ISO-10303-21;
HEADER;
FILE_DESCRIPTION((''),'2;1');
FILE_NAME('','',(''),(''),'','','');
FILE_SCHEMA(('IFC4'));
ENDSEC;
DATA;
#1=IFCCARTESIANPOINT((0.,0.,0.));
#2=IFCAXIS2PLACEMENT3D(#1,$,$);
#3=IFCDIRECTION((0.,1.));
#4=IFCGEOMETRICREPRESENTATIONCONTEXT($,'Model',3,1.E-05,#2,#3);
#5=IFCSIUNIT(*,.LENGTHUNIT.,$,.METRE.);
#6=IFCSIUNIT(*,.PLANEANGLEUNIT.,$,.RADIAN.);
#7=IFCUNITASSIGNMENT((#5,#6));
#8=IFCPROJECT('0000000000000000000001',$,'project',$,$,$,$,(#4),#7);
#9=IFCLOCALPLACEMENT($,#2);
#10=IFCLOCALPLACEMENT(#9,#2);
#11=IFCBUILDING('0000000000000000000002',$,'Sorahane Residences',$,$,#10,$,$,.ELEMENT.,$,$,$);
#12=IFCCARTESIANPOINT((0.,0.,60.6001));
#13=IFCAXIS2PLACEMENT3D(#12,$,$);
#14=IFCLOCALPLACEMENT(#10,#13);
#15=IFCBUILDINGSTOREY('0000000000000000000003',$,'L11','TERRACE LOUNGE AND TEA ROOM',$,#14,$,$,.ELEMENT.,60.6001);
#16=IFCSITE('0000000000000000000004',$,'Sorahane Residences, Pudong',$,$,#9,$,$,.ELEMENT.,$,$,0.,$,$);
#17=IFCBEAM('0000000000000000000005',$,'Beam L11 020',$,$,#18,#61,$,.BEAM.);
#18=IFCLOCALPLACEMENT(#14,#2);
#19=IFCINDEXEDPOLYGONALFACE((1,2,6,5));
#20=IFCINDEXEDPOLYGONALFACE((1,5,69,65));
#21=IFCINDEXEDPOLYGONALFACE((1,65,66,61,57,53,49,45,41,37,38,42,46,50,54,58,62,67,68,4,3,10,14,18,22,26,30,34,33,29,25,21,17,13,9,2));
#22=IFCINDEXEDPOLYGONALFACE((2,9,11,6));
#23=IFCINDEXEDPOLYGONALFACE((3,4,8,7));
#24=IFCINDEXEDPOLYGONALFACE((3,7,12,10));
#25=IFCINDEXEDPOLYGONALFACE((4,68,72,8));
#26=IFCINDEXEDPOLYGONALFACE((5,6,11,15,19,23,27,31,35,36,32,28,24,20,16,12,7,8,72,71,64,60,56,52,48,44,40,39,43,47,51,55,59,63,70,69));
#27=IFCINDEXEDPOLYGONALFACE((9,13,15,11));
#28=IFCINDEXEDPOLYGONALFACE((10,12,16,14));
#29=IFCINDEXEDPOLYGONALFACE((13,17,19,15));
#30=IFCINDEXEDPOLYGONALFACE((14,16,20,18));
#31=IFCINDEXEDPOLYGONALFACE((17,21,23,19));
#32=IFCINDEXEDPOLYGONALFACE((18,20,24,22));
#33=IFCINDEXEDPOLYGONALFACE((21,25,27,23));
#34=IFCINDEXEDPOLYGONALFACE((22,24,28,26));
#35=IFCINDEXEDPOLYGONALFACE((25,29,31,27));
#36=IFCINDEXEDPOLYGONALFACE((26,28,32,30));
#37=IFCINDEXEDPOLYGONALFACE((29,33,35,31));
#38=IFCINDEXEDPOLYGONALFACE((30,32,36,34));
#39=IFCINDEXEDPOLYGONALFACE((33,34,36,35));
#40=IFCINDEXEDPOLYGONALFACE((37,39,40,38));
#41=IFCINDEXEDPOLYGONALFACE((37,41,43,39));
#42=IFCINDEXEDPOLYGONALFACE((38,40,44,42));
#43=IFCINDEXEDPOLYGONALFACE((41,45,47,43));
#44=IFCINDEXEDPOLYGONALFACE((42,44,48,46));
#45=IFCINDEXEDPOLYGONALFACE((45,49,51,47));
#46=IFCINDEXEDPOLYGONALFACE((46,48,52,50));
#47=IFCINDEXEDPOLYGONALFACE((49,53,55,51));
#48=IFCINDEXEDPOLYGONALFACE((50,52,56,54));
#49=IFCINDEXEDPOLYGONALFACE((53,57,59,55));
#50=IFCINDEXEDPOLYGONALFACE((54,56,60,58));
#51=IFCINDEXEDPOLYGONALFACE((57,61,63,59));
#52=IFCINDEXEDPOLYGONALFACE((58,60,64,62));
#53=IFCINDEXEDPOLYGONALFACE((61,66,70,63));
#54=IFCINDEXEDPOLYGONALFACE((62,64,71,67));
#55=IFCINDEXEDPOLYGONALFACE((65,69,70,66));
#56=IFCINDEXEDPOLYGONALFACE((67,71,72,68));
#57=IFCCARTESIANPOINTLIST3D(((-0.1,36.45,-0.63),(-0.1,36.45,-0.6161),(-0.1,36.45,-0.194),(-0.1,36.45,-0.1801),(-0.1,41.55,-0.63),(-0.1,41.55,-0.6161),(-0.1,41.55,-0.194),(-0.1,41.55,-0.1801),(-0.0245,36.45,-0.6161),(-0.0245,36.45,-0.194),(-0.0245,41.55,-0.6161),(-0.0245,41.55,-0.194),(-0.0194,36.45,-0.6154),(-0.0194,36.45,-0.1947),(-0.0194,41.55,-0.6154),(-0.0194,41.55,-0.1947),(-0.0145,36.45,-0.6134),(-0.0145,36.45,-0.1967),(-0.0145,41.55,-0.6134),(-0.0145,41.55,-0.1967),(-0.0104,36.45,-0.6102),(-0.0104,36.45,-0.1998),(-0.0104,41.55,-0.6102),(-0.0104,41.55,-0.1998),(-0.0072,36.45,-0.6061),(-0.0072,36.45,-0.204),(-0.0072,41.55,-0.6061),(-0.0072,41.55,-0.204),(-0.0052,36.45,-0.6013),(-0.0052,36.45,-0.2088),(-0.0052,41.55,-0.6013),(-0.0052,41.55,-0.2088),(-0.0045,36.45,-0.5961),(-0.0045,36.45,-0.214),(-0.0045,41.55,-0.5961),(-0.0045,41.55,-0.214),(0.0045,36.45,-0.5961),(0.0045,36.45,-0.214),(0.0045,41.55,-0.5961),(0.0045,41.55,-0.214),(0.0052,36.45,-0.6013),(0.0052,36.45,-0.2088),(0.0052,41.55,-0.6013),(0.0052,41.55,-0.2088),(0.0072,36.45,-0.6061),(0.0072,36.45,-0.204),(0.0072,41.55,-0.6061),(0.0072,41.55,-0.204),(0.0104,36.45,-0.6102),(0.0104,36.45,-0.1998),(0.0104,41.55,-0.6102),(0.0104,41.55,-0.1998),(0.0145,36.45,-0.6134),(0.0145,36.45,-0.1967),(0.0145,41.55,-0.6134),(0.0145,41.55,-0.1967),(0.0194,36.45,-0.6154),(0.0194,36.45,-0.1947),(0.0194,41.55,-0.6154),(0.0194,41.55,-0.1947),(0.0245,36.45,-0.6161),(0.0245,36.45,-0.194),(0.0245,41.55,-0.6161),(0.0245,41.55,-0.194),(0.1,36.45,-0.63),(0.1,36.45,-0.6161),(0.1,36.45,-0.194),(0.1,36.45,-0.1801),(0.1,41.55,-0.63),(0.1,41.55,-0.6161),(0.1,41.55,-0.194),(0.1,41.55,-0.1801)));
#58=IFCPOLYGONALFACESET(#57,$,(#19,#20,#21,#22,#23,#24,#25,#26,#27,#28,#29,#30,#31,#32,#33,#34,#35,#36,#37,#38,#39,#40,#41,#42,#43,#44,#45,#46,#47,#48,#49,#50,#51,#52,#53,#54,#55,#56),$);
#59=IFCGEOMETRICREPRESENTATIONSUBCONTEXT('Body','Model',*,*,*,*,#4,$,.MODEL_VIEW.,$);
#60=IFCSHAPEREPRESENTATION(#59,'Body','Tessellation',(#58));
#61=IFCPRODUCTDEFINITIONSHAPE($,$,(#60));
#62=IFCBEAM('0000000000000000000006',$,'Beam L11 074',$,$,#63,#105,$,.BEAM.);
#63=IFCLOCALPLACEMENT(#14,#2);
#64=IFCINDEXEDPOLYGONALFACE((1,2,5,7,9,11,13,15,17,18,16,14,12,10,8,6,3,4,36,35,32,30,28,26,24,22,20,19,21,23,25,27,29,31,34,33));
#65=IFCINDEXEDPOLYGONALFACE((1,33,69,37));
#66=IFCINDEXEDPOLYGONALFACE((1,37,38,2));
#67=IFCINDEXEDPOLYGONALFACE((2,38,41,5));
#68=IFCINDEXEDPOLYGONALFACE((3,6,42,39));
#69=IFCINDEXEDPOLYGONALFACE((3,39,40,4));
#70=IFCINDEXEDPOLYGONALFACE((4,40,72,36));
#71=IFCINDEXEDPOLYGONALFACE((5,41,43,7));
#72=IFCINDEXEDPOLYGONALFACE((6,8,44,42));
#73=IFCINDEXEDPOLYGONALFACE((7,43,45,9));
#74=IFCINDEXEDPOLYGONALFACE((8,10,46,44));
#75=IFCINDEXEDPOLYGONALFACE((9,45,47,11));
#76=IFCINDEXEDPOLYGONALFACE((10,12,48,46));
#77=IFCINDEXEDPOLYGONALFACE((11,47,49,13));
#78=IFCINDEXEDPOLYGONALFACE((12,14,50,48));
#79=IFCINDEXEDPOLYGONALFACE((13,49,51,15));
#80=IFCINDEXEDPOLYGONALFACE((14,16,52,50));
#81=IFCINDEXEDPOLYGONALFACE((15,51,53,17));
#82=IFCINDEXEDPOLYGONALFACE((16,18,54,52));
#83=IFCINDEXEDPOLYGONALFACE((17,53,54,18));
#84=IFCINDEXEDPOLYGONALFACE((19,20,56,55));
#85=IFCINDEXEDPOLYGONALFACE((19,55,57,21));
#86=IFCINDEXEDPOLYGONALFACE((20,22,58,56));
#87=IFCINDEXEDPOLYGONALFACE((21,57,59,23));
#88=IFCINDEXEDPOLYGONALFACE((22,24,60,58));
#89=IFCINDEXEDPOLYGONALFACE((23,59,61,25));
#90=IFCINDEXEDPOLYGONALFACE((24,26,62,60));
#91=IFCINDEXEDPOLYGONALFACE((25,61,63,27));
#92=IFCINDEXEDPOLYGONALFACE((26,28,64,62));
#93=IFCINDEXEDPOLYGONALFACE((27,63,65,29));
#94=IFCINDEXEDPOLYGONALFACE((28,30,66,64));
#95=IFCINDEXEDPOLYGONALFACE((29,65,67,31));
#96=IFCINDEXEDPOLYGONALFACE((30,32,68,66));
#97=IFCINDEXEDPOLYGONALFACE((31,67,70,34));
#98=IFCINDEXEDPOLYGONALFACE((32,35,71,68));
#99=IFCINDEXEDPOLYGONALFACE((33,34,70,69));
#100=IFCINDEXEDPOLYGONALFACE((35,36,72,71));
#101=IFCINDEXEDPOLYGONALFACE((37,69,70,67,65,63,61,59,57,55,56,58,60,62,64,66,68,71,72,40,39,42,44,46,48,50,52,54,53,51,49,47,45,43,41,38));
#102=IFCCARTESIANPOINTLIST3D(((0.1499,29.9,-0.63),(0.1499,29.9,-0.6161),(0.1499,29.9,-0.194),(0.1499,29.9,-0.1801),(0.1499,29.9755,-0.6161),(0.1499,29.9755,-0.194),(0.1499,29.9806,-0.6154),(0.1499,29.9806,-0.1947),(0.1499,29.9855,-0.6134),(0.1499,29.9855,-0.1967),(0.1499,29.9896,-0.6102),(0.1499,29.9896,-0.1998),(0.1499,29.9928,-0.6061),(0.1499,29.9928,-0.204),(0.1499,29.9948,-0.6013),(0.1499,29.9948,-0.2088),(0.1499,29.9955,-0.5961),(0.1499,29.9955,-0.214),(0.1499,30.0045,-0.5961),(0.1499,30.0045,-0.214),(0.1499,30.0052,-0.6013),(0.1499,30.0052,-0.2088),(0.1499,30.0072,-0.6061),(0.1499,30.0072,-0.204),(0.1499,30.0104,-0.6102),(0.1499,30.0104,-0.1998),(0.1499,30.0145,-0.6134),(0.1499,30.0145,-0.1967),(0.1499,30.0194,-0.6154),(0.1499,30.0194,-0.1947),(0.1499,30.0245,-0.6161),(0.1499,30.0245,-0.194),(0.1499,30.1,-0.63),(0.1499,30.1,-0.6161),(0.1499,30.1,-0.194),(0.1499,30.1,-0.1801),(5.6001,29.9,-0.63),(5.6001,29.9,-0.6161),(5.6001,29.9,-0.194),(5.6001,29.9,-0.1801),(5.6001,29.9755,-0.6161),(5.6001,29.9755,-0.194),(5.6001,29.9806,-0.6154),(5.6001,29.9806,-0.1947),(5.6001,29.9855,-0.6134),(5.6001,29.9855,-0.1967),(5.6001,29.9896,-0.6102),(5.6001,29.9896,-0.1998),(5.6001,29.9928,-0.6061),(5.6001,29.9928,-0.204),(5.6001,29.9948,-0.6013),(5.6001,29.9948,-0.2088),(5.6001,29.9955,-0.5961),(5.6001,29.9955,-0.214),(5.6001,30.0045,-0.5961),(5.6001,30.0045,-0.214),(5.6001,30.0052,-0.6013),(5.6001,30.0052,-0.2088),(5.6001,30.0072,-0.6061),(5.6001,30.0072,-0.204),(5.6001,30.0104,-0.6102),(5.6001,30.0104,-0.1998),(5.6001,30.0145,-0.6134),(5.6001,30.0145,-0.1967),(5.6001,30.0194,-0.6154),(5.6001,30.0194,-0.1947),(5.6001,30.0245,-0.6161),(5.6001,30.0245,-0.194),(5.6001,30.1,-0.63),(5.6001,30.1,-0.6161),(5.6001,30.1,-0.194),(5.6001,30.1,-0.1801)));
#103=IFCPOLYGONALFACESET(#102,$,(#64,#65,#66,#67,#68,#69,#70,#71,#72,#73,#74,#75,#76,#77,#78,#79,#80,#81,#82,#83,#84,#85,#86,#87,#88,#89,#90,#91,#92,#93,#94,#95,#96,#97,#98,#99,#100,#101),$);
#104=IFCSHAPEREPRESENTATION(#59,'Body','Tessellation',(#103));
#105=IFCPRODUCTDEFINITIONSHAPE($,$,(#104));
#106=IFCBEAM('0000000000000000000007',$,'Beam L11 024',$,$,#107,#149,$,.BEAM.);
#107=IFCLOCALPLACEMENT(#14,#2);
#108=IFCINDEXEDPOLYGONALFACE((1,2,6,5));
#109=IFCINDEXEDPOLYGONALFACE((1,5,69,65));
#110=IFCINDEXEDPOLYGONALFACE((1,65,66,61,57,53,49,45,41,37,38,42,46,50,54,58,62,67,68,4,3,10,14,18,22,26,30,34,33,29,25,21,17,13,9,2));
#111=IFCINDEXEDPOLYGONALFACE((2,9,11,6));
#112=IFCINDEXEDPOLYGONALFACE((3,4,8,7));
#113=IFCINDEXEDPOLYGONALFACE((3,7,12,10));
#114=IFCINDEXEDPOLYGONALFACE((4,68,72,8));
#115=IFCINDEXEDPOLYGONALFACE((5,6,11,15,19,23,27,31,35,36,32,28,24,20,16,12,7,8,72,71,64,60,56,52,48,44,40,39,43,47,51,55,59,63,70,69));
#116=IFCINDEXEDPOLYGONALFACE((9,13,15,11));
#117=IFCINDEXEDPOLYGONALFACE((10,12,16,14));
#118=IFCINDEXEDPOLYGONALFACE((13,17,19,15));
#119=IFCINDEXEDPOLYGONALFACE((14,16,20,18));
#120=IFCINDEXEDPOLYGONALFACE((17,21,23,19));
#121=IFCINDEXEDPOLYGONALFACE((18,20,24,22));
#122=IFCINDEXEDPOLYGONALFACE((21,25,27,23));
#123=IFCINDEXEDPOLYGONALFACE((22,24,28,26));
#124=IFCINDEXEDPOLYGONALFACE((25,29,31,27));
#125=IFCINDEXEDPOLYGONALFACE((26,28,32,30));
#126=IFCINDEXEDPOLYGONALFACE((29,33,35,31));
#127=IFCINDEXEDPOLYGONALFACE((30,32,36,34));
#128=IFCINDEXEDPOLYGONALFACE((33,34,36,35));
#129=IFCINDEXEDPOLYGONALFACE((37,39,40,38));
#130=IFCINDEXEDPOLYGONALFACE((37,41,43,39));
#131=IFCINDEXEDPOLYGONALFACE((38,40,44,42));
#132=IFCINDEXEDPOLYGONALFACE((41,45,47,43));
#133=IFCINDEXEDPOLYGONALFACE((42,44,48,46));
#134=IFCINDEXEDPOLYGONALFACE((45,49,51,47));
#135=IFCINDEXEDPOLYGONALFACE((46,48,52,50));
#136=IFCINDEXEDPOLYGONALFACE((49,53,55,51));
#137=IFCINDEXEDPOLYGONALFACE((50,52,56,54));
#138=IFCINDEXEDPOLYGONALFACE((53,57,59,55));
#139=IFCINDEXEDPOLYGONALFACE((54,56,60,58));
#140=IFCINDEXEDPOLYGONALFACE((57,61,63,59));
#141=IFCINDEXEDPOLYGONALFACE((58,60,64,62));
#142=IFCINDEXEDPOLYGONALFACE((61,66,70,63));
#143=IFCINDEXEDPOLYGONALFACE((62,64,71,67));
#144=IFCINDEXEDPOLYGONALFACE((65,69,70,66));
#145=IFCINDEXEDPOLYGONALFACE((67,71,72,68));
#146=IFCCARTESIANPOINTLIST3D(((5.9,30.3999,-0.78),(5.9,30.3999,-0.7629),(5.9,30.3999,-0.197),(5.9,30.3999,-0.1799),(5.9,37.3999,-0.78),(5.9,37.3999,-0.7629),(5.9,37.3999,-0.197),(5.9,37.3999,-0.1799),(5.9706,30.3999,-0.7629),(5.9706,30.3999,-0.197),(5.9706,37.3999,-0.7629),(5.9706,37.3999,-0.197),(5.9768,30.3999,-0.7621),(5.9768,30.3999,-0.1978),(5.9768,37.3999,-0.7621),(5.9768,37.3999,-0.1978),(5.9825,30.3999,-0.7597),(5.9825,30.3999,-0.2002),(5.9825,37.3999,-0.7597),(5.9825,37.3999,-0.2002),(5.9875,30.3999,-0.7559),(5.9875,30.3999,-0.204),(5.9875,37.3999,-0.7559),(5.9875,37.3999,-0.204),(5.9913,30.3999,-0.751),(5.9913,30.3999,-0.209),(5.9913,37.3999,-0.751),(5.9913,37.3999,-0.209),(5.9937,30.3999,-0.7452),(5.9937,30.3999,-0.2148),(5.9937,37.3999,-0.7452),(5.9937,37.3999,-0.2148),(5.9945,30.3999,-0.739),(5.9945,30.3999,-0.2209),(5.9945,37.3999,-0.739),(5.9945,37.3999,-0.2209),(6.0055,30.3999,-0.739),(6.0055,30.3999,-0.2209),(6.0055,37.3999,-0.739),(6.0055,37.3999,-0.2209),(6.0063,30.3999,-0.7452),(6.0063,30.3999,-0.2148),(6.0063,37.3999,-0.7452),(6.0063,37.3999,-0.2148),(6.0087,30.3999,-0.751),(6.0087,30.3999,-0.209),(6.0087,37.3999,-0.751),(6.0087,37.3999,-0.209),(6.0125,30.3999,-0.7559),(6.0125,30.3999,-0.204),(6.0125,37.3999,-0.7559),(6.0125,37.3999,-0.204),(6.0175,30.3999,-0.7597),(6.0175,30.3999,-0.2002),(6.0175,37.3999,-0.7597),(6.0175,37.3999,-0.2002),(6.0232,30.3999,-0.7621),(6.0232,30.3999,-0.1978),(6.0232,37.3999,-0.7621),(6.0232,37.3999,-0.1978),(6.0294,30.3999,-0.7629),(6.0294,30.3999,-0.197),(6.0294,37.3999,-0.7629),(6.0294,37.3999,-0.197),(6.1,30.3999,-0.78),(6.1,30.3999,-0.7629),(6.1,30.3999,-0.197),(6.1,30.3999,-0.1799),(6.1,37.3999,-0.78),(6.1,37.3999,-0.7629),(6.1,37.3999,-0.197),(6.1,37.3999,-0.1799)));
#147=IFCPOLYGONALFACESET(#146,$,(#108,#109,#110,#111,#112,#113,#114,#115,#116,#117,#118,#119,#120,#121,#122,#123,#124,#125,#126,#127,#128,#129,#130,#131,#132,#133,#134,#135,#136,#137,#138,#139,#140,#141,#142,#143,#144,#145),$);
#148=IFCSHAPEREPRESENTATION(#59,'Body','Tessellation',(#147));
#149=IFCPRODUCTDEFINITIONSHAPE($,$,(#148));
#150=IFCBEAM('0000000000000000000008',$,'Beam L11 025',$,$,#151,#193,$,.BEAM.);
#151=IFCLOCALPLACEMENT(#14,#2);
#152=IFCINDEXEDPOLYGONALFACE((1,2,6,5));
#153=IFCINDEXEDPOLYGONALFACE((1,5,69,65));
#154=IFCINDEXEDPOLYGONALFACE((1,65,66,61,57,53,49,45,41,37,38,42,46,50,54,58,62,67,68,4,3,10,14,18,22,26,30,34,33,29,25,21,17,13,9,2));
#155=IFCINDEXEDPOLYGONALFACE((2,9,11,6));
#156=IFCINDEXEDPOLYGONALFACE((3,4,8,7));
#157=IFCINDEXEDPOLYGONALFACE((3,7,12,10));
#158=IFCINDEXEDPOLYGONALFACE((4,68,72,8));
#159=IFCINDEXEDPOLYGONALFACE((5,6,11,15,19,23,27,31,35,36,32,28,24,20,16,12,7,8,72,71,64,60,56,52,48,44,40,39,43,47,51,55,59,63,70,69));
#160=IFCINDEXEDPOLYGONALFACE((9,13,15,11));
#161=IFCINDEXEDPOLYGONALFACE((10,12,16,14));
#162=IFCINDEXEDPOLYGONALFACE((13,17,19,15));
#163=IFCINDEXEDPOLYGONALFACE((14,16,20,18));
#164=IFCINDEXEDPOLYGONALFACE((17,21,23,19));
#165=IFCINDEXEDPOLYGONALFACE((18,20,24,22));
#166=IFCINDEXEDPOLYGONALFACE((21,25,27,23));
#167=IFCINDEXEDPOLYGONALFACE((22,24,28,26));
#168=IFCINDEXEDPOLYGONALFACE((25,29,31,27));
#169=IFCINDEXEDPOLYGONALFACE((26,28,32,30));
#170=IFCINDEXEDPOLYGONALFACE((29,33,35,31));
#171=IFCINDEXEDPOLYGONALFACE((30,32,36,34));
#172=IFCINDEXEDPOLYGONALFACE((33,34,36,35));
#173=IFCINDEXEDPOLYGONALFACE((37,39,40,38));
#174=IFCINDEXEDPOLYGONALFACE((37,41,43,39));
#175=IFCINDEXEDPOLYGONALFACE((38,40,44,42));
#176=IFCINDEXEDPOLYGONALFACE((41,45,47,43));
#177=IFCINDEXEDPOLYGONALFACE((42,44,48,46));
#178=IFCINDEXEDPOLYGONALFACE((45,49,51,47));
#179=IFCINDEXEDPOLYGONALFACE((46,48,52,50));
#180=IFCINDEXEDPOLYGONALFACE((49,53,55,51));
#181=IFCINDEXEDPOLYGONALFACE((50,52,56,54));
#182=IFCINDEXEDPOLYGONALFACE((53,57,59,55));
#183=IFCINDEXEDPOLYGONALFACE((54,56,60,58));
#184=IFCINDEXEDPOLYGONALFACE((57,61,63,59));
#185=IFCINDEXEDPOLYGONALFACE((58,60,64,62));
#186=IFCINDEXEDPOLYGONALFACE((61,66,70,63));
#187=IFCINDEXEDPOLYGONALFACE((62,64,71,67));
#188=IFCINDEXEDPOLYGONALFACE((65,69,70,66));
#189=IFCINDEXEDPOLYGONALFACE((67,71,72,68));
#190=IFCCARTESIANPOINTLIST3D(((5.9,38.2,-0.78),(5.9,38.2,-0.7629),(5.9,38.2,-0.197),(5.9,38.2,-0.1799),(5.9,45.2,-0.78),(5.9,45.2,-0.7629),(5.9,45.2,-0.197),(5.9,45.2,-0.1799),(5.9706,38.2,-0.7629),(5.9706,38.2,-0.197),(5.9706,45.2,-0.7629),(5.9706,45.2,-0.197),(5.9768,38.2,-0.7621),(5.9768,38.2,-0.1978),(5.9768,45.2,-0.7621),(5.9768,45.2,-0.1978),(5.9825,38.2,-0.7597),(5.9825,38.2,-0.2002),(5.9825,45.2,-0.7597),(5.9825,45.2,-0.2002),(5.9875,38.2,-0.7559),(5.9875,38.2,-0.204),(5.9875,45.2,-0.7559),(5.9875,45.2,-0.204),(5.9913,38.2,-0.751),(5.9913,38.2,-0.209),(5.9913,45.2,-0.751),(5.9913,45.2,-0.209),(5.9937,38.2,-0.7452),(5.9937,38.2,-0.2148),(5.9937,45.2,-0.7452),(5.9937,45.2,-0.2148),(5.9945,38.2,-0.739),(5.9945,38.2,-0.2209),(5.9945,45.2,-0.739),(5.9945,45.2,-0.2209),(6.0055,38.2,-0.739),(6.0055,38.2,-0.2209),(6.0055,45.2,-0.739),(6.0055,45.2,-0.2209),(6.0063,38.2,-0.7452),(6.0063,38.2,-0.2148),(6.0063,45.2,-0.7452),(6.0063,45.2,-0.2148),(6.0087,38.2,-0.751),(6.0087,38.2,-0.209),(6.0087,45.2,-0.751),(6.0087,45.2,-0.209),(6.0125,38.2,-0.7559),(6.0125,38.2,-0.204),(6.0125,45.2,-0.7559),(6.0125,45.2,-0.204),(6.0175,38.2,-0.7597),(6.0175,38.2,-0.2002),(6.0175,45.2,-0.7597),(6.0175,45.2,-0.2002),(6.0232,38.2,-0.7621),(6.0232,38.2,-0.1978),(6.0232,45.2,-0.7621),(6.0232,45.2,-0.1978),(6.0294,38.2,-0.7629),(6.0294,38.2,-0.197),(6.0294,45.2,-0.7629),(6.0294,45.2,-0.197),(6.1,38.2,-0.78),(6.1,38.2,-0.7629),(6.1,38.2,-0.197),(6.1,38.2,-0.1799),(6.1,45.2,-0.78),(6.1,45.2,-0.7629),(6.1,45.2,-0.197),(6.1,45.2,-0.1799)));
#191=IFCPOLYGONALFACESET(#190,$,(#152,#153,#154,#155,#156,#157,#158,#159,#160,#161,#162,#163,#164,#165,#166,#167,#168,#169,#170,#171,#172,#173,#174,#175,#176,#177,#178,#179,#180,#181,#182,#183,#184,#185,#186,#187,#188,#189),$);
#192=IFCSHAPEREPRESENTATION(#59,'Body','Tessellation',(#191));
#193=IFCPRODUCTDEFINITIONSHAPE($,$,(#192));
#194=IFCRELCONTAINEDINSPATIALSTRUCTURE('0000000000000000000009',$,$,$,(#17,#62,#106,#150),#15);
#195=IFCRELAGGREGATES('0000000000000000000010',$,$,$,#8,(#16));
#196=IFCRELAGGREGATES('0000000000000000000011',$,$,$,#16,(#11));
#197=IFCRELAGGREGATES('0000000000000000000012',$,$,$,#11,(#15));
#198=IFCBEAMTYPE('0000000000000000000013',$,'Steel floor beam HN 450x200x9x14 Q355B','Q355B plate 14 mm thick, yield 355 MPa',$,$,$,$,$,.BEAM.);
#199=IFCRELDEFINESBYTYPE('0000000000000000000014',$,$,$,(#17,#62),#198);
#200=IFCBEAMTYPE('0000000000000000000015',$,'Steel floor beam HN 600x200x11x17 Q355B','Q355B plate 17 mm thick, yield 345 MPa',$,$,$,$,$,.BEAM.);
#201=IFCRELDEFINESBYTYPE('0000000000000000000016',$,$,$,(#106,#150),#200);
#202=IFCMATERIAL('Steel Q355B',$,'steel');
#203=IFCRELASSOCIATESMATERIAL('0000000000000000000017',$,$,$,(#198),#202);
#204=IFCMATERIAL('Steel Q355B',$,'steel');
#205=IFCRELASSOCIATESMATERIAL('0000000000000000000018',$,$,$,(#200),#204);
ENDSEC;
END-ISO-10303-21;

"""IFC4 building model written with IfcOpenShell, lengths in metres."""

from ifc_helpers import new_model, si_unit, direction, frame, origin, origin_2d, place, context, subcontext, project, spatial, i_section, extrude, material, material_profile, profile_set, type_object, element, save


model = new_model("IFC4")

# Units and contexts
model_context = context("Model", 3, precision=1e-05, world=origin(), true_north=direction((0.0, 1.0)))
body_context = subcontext(model_context, "Body", "Model", "MODEL_VIEW")
ifc_project = project(units=[si_unit("LENGTHUNIT", "METRE"), si_unit("PLANEANGLEUNIT", "RADIAN")], contexts=[model_context])

# Site, building, storey
site_placement = place(None, origin())
site = spatial("IfcSite", under=ifc_project, at=site_placement, Name="Sorahane Residences, Pudong", CompositionType="ELEMENT", RefElevation=0.0)
building_placement = place(site_placement, origin())
building = spatial("IfcBuilding", under=site, at=building_placement, Name="Sorahane Residences", CompositionType="ELEMENT")
storey_placement = place(building_placement, frame((0.0, 0.0, 60.6001)))
storey = spatial("IfcBuildingStorey", under=building, at=storey_placement, Name="L11", Description="TERRACE LOUNGE AND TEA ROOM", CompositionType="ELEMENT", Elevation=60.6001)

# Beams
ifc_material_1 = material(Name="Steel Q355B", Category="steel")
ifc_material_profile_1 = material_profile(ifc_material_1, i_section(OverallWidth=0.2, OverallDepth=0.45, WebThickness=0.009, FlangeThickness=0.0139, FilletRadius=0.02, at=origin_2d()), Name="HN 450x200x9x14")
ifc_profile_set_1 = profile_set([ifc_material_profile_1], Name="Steel Q355B")
beam_type_1 = type_object("IfcBeamType", Name="Steel floor beam HN 450x200x9x14 Q355B", Description="Q355B plate 14 mm thick, yield 355 MPa", PredefinedType="BEAM", material=ifc_profile_set_1)
beam_1_placement = place(storey_placement, frame((0.0, 36.45, -0.405), z_axis=(0.0, 1.0, 0.0), x_axis=(-1.0, 0.0, 0.0)))
element("IfcBeam", 1, at=beam_1_placement, inside=storey, type_object=beam_type_1, Name="Beam L11 020", PredefinedType="BEAM", context=body_context, shape_type="SweptSolid", body=[
    extrude(i_section(OverallWidth=0.2, OverallDepth=0.45, WebThickness=0.009, FlangeThickness=0.0139, FilletRadius=0.02, at=origin_2d()), origin(), (0.0, 0.0, 1.0), 5.1001),
])
beam_2_placement = place(storey_placement, frame((0.1499, 30.0, -0.405), z_axis=(1.0, 0.0, 0.0), x_axis=(0.0, 1.0, 0.0)))
element("IfcBeam", 2, at=beam_2_placement, inside=storey, type_object=beam_type_1, Name="Beam L11 074", PredefinedType="BEAM", context=body_context, shape_type="SweptSolid", body=[
    extrude(i_section(OverallWidth=0.2, OverallDepth=0.45, WebThickness=0.009, FlangeThickness=0.0139, FilletRadius=0.02, at=origin_2d()), origin(), (0.0, 0.0, 1.0), 5.4502),
])
ifc_material_2 = material(Name="Steel Q355B", Category="steel")
ifc_material_profile_2 = material_profile(ifc_material_2, i_section(OverallWidth=0.2, OverallDepth=0.6001, WebThickness=0.011, FlangeThickness=0.0171, FilletRadius=0.0239, at=origin_2d()), Name="HN 600x200x11x17")
ifc_profile_set_2 = profile_set([ifc_material_profile_2], Name="Steel Q355B")
beam_type_2 = type_object("IfcBeamType", Name="Steel floor beam HN 600x200x11x17 Q355B", Description="Q355B plate 17 mm thick, yield 345 MPa", PredefinedType="BEAM", material=ifc_profile_set_2)
for number, where, z_axis, x_axis, name in (
    (3, (6.0, 30.3999, -0.48), (0.0, 1.0, 0.0), (-1.0, 0.0, 0.0), "Beam L11 024"),
    (4, (6.0, 38.2, -0.48), (0.0, 1.0, 0.0), (-1.0, 0.0, 0.0), "Beam L11 025"),
):
    element("IfcBeam", number, at=place(storey_placement, frame(where, z_axis=z_axis, x_axis=x_axis)), inside=storey, type_object=beam_type_2, Name=name, PredefinedType="BEAM", context=body_context, shape_type="SweptSolid", body=[
        extrude(i_section(OverallWidth=0.2, OverallDepth=0.6001, WebThickness=0.011, FlangeThickness=0.0171, FilletRadius=0.0239, at=origin_2d()), origin(), (0.0, 0.0, 1.0), 7.0),
    ])

save(model, "model.ifc")
